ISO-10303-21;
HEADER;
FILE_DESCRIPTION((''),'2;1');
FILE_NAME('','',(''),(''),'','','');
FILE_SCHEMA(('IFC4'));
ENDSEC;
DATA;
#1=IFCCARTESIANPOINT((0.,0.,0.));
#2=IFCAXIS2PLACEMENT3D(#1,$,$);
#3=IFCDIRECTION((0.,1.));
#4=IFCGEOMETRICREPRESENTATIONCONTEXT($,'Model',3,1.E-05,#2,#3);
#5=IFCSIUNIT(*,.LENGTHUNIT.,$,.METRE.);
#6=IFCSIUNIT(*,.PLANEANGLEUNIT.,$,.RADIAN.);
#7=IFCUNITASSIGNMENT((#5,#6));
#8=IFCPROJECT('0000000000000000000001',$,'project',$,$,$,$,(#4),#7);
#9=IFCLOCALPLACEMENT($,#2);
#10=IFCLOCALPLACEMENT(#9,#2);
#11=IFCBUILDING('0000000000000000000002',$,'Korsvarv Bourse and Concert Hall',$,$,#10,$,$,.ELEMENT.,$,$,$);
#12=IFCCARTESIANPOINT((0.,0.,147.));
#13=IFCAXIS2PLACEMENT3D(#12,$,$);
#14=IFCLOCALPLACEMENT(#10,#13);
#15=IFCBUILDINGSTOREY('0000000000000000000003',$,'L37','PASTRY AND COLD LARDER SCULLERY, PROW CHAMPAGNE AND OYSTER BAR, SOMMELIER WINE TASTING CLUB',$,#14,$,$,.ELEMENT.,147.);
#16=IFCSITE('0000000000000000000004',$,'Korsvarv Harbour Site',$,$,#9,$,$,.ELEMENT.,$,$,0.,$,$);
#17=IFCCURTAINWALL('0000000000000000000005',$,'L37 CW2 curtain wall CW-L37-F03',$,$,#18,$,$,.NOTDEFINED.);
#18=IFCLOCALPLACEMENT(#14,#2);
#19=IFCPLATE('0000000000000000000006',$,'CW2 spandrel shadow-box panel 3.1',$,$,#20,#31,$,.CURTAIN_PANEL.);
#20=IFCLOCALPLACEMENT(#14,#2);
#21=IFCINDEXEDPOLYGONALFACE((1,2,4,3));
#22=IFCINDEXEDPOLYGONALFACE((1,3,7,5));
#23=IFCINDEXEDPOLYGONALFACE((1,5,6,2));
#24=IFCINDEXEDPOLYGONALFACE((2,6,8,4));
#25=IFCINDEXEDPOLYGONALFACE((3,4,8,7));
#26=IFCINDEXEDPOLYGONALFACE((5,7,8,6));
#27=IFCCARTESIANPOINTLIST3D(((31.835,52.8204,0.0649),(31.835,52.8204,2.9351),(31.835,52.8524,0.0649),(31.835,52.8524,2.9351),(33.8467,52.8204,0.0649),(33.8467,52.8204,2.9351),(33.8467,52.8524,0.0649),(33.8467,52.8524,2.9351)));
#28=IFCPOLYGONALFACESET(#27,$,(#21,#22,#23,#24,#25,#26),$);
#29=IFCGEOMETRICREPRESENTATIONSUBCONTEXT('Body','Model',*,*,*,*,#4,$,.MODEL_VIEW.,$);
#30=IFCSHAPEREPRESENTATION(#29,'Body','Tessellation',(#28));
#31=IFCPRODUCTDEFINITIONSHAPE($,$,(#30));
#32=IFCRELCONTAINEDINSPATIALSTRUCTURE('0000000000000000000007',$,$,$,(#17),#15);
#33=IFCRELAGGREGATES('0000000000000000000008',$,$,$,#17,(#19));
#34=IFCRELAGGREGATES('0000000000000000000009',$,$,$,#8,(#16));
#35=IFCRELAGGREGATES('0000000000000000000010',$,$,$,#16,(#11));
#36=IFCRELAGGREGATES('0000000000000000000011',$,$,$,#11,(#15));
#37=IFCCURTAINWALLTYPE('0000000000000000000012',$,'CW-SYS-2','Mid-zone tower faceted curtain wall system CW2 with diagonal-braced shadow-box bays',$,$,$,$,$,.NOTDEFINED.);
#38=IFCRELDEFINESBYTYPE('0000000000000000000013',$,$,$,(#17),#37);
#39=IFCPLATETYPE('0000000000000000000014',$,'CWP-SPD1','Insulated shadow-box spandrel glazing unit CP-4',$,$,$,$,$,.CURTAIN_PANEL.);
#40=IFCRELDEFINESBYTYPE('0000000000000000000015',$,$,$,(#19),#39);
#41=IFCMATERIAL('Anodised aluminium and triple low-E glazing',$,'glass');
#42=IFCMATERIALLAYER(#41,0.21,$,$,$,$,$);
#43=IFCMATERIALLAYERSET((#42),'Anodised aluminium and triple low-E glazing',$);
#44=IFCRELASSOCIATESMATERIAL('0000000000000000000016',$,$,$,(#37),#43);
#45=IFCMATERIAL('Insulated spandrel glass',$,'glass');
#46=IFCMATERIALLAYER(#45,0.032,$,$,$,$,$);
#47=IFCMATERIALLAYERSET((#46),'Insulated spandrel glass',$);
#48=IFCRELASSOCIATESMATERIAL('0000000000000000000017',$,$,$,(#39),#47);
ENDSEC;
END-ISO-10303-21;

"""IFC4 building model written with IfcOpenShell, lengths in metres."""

from ifc_helpers import new_model, si_unit, direction, frame, origin, origin_2d, place, context, subcontext, project, spatial, rectangle, extrude, source, transform, mapped, material, layer, layer_set, type_object, element, aggregate, save


model = new_model("IFC4")

# Units and contexts
model_context = context("Model", 3, precision=1e-05, world=origin(), true_north=direction((0.0, 1.0)))
body_context = subcontext(model_context, "Body", "Model", "MODEL_VIEW")
ifc_project = project(units=[si_unit("LENGTHUNIT", "METRE"), si_unit("PLANEANGLEUNIT", "RADIAN")], contexts=[model_context])

# Site, building, storey
site_placement = place(None, origin())
site = spatial("IfcSite", under=ifc_project, at=site_placement, Name="Korsvarv Harbour Site", CompositionType="ELEMENT", RefElevation=0.0)
building_placement = place(site_placement, origin())
building = spatial("IfcBuilding", under=site, at=building_placement, Name="Korsvarv Bourse and Concert Hall", CompositionType="ELEMENT")
storey_placement = place(building_placement, frame((0.0, 0.0, 147.0)))
storey = spatial("IfcBuildingStorey", under=building, at=storey_placement, Name="L37", Description="PASTRY AND COLD LARDER SCULLERY, PROW CHAMPAGNE AND OYSTER BAR, SOMMELIER WINE TASTING CLUB", CompositionType="ELEMENT", Elevation=147.0)

# Curtain wall, plate
ifc_material_1 = material(Name="Anodised aluminium and triple low-E glazing", Category="glass")
ifc_layer_1 = layer(ifc_material_1, 0.21)
ifc_layer_set_1 = layer_set([ifc_layer_1], Name="Anodised aluminium and triple low-E glazing")
curtain_wall_type = type_object("IfcCurtainWallType", Name="CW-SYS-2", Description="Mid-zone tower faceted curtain wall system CW2 with diagonal-braced shadow-box bays", PredefinedType="NOTDEFINED", material=ifc_layer_set_1)
curtain_wall_placement = place(storey_placement, origin())
curtain_wall = element("IfcCurtainWall", 1, at=curtain_wall_placement, inside=storey, type_object=curtain_wall_type, Name="L37 CW2 curtain wall CW-L37-F03", PredefinedType="NOTDEFINED")
ifc_material_2 = material(Name="Insulated spandrel glass", Category="glass")
ifc_layer_2 = layer(ifc_material_2, 0.032)
ifc_layer_set_2 = layer_set([ifc_layer_2], Name="Insulated spandrel glass")
plate_type_1 = type_object("IfcPlateType", Name="CWP-SPD1", Description="Insulated shadow-box spandrel glazing unit CP-4", PredefinedType="CURTAIN_PANEL", material=ifc_layer_set_2)
shared_shape_1 = source(origin(), body_context, "Body", "SweptSolid", [
    extrude(rectangle(XDim=2.0117, YDim=0.032, at=origin_2d()), origin(), (0.0, 0.0, 1.0), 2.8701),
])
plate_1_placement = place(storey_placement, frame((32.8408, 52.8364, 0.0649), z_axis=(0.0, 0.0, 1.0), x_axis=(-1.0, 0.0, 0.0)))
plate_1 = element("IfcPlate", 2, at=plate_1_placement, type_object=plate_type_1, Name="CW2 spandrel shadow-box panel 3.1", PredefinedType="CURTAIN_PANEL", context=body_context, shape_type="MappedRepresentation", body=[
    mapped(shared_shape_1, transform((0.0, 0.0, 0.0), scale=1.0)),
])
aggregate(curtain_wall, [plate_1])

save(model, "model.ifc")
